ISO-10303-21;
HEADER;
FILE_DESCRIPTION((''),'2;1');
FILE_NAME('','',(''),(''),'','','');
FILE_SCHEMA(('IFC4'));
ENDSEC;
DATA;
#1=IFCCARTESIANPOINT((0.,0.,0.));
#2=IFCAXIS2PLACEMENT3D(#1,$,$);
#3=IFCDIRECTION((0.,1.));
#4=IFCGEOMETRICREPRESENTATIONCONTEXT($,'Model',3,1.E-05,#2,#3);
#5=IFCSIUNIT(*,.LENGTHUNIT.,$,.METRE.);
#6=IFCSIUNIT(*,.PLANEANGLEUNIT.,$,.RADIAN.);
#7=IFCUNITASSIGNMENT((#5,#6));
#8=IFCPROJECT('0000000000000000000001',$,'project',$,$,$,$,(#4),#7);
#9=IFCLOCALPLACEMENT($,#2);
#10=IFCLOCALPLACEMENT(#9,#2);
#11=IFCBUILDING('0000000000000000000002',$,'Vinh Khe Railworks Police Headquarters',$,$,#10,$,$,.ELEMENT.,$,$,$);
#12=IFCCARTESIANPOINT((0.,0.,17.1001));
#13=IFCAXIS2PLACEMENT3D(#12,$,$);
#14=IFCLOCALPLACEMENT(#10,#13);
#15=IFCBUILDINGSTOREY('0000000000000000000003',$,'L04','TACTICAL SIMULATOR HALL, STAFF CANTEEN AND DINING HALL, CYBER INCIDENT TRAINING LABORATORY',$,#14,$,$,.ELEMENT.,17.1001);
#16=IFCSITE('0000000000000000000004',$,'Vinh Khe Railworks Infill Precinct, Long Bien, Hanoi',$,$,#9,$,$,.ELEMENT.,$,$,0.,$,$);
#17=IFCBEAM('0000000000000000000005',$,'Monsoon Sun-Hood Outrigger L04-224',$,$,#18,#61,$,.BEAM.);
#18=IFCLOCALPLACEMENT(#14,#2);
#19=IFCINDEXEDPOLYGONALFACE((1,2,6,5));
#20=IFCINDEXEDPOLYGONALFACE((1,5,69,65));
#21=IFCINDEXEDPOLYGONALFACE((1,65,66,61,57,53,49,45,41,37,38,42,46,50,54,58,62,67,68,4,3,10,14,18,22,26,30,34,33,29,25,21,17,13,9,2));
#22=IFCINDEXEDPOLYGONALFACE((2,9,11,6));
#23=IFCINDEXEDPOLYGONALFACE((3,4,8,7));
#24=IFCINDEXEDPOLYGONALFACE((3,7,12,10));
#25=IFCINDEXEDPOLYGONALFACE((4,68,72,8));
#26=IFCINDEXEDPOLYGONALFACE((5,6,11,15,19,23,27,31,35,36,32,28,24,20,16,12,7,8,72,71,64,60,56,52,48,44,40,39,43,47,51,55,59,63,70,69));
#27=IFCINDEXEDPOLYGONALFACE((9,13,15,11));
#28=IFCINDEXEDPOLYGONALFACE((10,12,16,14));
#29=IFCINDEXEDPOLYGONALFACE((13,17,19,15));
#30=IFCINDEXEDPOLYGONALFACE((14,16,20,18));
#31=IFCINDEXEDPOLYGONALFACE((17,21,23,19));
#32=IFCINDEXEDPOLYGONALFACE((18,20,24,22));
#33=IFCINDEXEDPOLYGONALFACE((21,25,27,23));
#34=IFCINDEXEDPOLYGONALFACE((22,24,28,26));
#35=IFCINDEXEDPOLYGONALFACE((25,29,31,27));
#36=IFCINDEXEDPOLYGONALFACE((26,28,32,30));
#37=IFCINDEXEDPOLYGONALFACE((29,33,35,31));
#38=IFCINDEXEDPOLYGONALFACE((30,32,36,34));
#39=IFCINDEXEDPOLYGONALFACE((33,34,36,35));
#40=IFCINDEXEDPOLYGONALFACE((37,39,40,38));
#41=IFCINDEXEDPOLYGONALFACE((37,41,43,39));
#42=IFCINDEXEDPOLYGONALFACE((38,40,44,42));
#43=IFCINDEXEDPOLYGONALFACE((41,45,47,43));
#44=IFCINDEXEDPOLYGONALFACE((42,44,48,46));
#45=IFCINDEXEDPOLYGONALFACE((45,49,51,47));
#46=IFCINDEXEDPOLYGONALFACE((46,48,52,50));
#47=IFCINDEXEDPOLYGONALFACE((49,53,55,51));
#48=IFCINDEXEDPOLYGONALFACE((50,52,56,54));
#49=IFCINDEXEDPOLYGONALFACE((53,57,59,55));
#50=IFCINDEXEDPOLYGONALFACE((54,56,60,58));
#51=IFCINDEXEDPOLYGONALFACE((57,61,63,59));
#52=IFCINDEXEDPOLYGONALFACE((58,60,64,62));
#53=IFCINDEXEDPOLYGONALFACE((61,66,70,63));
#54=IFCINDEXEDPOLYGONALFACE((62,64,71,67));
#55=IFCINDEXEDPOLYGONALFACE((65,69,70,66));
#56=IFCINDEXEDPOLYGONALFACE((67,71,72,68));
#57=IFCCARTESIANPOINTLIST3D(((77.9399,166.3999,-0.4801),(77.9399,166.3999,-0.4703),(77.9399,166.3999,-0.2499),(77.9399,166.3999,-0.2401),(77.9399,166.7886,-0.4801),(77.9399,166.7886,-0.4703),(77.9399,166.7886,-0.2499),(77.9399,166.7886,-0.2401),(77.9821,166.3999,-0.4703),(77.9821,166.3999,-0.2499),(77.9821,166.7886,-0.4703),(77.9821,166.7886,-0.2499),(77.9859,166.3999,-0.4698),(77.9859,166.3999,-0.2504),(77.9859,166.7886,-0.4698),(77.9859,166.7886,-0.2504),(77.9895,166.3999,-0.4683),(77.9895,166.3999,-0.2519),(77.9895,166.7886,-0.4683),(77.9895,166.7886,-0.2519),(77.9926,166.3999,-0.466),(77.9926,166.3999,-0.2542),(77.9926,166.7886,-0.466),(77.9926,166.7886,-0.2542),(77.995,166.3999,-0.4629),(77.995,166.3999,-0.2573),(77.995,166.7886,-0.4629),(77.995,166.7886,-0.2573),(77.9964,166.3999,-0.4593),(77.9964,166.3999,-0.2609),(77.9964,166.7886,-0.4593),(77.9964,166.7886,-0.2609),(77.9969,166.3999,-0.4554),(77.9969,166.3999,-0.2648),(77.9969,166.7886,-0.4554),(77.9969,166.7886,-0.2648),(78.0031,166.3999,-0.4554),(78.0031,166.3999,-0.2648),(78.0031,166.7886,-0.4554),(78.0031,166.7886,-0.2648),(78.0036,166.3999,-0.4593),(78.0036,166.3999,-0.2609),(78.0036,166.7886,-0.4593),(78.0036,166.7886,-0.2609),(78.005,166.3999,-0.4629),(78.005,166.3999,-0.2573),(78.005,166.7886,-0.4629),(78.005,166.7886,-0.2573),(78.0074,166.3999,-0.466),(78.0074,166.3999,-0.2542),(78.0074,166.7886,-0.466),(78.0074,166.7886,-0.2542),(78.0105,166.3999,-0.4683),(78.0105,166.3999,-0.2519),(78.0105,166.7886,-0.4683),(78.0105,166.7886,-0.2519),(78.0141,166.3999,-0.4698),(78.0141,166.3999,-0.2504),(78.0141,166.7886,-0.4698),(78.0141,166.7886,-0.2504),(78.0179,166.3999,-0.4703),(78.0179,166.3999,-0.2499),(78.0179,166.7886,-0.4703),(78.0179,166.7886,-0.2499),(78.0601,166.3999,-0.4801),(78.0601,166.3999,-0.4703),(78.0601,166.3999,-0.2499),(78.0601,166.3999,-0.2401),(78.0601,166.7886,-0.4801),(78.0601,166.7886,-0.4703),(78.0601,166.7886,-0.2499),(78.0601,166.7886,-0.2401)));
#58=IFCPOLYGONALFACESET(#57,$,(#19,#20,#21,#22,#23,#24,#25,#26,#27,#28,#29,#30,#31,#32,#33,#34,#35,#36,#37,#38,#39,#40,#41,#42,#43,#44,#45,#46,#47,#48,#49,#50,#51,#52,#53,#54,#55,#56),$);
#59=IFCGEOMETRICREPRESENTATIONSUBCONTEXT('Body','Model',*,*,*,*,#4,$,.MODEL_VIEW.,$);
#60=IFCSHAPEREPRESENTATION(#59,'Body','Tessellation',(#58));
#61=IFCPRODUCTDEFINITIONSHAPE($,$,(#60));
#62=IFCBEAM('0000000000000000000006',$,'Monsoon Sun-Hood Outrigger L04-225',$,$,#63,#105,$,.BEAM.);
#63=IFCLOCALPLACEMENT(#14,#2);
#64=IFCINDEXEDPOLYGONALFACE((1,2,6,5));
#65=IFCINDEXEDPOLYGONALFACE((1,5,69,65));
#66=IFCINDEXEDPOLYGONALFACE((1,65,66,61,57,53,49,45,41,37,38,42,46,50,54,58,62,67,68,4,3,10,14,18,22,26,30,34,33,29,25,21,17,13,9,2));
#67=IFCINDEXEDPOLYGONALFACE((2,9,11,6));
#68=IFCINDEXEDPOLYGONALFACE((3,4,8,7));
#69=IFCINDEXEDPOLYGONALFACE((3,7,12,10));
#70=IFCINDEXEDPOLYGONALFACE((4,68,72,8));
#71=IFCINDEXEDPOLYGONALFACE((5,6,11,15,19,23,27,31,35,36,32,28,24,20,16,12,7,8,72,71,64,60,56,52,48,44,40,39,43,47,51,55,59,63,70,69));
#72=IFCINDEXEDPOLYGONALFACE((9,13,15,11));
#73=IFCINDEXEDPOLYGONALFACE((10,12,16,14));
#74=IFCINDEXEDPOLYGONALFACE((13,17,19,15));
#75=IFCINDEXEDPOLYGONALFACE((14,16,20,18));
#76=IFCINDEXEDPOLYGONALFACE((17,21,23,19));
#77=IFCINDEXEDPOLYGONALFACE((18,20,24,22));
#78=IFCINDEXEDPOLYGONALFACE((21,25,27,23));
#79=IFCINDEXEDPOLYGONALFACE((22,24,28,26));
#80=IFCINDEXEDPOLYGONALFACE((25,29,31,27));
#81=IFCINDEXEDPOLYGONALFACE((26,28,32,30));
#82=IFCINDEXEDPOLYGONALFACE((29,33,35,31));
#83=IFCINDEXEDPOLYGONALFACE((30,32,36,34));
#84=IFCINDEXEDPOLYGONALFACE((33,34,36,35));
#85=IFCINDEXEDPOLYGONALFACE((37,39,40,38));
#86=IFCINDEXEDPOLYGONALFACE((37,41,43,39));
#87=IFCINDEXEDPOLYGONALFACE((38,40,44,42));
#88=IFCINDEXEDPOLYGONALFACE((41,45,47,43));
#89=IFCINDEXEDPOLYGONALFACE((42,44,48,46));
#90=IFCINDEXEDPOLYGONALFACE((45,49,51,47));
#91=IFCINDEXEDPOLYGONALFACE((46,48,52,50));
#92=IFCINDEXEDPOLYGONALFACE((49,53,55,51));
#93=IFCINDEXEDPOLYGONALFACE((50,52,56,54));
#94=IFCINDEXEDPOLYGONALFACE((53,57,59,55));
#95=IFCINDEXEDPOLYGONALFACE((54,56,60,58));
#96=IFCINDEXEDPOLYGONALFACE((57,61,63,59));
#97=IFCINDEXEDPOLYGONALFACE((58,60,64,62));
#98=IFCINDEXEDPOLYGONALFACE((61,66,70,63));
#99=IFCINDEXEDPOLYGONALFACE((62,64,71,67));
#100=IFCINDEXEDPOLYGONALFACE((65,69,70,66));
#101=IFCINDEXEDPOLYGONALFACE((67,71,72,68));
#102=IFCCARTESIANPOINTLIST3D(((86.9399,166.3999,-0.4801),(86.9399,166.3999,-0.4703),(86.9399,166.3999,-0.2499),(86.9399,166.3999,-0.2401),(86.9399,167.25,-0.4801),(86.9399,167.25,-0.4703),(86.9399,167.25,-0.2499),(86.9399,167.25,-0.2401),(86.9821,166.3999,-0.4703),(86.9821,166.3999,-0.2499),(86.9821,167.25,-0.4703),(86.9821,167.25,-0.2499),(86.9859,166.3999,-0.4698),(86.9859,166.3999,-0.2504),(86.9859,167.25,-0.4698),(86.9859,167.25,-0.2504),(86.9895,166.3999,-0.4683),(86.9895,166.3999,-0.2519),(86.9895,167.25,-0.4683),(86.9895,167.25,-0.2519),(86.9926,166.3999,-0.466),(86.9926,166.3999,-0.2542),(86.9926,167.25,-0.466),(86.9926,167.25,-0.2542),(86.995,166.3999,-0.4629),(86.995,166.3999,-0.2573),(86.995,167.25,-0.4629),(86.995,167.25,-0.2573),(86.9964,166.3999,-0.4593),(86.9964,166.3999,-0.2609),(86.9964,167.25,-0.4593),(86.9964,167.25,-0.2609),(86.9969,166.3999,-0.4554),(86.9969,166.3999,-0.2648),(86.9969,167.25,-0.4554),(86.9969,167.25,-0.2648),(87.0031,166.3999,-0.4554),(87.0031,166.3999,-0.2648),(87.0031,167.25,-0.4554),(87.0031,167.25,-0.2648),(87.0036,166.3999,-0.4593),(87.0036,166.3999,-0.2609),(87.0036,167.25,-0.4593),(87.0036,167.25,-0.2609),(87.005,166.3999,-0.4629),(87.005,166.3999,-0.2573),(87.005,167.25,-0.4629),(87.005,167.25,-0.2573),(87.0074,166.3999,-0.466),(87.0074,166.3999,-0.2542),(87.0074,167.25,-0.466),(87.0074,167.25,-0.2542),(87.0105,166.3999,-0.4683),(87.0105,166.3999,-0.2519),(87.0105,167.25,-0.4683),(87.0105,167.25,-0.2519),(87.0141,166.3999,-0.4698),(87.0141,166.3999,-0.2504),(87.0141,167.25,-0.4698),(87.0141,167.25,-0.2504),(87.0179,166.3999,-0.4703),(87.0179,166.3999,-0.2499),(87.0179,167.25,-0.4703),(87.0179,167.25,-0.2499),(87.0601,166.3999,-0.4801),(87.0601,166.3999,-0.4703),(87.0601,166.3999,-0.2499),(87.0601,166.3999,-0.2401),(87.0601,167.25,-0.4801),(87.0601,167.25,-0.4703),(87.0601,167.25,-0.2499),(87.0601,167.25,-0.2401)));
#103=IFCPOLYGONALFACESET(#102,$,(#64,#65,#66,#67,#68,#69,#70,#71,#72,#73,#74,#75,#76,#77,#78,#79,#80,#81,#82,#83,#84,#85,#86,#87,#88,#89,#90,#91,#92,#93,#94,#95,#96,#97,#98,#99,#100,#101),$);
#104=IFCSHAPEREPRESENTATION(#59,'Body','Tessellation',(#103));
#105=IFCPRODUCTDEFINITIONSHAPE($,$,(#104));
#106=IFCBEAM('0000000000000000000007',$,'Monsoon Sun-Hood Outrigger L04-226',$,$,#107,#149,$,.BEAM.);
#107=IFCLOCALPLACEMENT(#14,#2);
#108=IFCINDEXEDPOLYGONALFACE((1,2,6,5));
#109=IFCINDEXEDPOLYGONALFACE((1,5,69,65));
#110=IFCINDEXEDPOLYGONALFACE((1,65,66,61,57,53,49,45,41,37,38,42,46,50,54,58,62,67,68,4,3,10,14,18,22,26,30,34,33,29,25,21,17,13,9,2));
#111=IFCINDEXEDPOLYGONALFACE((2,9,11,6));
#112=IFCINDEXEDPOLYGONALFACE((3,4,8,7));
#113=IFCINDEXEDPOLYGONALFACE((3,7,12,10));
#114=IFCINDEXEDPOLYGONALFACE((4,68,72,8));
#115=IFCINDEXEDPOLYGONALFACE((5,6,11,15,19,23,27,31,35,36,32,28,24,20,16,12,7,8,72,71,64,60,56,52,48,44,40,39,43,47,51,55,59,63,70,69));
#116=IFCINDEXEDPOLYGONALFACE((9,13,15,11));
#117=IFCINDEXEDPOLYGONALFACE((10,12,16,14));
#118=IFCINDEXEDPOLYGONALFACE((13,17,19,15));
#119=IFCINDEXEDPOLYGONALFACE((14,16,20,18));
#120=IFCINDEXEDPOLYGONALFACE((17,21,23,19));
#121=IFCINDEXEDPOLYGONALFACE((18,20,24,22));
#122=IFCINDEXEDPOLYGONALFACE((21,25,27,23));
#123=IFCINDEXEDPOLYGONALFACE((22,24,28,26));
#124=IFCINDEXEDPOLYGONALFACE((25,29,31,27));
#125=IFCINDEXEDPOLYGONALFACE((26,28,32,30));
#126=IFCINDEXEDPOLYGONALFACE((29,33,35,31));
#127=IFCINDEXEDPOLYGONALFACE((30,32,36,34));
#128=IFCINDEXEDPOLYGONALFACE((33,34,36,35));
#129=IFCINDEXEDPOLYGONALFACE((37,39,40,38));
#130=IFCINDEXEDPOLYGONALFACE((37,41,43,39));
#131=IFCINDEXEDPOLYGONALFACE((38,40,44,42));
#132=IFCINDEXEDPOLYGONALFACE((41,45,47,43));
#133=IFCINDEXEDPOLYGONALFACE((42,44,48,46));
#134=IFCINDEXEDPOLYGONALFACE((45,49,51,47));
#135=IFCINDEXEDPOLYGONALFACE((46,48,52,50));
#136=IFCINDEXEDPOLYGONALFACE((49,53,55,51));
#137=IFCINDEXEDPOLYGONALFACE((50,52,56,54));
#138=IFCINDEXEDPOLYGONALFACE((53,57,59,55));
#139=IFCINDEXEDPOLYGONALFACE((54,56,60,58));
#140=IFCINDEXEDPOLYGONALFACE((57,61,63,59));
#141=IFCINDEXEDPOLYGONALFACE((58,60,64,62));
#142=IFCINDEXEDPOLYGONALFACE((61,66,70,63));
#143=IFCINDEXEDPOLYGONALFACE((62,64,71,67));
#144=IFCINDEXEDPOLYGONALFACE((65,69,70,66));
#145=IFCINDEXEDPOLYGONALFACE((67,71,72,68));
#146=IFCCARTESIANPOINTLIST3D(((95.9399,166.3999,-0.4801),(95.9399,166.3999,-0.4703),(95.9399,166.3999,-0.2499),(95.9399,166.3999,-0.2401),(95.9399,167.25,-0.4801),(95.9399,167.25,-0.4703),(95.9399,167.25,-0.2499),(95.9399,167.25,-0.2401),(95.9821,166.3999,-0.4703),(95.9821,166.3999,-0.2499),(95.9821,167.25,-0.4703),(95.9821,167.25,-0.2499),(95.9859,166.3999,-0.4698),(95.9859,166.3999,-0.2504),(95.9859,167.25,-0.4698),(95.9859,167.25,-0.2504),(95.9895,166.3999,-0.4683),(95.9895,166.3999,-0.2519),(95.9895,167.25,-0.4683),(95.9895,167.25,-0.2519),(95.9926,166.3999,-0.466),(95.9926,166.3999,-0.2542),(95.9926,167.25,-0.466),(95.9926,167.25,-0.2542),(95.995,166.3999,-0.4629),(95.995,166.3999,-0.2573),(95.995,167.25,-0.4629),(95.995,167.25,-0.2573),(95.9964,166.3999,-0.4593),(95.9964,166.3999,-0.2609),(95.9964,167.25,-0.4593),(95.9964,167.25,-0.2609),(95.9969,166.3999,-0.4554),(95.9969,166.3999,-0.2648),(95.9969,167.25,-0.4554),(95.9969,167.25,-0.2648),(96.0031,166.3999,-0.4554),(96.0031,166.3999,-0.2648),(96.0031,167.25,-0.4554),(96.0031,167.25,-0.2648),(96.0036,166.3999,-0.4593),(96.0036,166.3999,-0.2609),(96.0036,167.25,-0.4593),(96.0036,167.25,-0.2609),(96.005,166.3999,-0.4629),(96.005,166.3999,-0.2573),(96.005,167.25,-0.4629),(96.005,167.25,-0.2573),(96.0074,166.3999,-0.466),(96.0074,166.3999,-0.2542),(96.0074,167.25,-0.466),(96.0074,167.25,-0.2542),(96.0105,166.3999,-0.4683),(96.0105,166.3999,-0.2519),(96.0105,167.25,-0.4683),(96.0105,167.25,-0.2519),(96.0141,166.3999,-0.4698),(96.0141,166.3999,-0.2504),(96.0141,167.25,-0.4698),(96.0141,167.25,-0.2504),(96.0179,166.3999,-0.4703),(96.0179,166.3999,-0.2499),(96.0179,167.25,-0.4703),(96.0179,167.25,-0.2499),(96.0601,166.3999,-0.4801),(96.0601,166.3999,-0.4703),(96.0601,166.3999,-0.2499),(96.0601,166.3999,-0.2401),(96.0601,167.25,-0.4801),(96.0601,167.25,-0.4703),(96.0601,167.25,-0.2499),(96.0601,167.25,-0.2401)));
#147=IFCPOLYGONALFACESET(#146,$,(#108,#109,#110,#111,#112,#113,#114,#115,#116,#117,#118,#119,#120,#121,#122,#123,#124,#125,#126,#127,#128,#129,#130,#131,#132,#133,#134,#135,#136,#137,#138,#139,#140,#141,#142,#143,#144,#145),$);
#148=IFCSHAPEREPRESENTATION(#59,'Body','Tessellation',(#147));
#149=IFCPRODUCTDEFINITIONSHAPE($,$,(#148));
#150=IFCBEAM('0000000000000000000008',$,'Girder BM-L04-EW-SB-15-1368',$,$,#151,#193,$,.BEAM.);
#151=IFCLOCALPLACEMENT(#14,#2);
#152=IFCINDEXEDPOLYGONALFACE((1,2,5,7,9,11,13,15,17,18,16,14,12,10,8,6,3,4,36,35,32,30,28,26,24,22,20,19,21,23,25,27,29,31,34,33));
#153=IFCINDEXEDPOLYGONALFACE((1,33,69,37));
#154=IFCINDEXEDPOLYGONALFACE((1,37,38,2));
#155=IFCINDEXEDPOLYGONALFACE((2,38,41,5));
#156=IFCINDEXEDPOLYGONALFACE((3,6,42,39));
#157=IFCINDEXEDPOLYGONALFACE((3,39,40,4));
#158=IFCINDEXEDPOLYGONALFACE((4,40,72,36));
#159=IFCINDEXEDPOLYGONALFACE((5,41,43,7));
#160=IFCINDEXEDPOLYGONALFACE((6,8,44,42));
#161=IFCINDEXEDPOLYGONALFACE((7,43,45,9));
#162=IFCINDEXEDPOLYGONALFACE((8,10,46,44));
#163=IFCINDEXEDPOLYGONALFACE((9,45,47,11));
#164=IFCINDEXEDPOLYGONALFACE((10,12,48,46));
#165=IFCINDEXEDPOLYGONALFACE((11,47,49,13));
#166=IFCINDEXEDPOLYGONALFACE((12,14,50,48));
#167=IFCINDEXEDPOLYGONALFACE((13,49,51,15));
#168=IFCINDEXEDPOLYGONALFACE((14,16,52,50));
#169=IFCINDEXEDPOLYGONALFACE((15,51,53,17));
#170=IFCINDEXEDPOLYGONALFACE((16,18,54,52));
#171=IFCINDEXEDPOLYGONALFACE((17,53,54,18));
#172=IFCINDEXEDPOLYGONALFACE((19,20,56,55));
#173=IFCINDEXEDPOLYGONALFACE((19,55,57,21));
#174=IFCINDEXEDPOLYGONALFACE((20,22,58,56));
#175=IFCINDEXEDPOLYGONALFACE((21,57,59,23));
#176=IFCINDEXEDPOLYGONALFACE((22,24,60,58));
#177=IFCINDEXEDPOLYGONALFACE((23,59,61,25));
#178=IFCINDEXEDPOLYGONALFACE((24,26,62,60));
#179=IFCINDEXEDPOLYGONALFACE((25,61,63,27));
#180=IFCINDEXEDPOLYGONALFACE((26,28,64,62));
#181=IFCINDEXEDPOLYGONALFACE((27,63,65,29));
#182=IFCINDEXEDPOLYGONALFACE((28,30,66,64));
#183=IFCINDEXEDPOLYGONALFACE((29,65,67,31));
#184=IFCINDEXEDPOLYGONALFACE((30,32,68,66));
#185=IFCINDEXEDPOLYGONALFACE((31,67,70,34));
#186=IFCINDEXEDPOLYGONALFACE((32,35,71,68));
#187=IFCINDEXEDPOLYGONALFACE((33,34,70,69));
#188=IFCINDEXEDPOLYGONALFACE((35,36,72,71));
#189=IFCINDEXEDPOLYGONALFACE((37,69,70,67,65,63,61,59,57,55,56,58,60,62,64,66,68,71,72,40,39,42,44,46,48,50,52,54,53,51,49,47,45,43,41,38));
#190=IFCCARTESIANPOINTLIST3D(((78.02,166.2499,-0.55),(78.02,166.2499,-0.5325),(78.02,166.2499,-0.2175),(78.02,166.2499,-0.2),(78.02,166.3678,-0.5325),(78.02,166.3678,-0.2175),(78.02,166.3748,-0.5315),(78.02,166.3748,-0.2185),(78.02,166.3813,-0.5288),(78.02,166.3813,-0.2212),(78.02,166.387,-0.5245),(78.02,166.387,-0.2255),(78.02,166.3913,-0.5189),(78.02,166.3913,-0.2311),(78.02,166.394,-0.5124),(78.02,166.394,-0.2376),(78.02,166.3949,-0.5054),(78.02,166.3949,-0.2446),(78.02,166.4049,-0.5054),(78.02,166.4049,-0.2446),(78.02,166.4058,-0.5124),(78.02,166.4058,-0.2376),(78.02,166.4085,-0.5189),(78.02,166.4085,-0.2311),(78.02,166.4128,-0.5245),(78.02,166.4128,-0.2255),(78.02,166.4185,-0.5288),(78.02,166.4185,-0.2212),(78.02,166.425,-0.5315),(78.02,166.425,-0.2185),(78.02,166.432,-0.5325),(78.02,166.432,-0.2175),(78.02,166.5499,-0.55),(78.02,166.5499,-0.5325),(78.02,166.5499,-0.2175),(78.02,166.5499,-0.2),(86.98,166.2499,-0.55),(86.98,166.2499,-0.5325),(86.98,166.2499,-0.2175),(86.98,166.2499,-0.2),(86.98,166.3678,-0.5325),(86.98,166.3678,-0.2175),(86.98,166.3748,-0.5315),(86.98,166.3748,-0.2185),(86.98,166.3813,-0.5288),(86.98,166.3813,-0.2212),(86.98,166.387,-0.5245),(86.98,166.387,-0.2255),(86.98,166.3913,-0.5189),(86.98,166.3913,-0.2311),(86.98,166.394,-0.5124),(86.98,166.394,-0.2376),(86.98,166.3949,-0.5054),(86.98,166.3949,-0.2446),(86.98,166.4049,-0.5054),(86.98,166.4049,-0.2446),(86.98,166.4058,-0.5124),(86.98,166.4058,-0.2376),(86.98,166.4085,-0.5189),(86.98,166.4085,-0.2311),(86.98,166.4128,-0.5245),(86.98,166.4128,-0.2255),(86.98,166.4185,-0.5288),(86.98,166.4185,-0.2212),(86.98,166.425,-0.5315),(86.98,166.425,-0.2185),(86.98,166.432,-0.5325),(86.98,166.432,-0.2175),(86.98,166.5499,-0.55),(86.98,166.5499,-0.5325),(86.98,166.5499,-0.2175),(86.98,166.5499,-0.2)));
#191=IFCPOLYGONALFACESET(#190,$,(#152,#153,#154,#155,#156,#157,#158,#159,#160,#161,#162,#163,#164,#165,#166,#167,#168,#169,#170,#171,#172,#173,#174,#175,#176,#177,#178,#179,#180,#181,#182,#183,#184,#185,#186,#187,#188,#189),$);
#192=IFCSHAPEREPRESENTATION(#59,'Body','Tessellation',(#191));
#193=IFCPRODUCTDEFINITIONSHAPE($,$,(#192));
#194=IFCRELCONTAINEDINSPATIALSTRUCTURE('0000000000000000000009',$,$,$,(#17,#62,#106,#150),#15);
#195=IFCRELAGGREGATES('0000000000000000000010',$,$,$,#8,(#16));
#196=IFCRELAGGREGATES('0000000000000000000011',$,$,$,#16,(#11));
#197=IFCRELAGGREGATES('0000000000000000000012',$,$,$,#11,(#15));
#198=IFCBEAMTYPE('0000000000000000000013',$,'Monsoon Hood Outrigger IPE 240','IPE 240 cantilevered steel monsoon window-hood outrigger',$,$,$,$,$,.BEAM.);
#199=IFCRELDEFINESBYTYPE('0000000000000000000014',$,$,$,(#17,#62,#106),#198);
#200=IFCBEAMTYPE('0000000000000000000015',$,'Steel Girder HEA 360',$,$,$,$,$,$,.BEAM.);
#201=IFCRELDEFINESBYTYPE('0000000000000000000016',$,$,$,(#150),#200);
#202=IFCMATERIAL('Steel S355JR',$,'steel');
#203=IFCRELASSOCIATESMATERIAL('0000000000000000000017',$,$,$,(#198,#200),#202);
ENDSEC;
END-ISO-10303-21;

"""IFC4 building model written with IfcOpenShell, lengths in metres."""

from ifc_helpers import new_model, si_unit, direction, frame, origin, origin_2d, place, context, subcontext, project, spatial, i_section, extrude, material, material_profile, profile_set, type_object, element, save


model = new_model("IFC4")

# Units and contexts
model_context = context("Model", 3, precision=1e-05, world=origin(), true_north=direction((0.0, 1.0)))
body_context = subcontext(model_context, "Body", "Model", "MODEL_VIEW")
ifc_project = project(units=[si_unit("LENGTHUNIT", "METRE"), si_unit("PLANEANGLEUNIT", "RADIAN")], contexts=[model_context])

# Site, building, storey
site_placement = place(None, origin())
site = spatial("IfcSite", under=ifc_project, at=site_placement, Name="Vinh Khe Railworks Infill Precinct, Long Bien, Hanoi", CompositionType="ELEMENT", RefElevation=0.0)
building_placement = place(site_placement, origin())
building = spatial("IfcBuilding", under=site, at=building_placement, Name="Vinh Khe Railworks Police Headquarters", CompositionType="ELEMENT")
storey_placement = place(building_placement, frame((0.0, 0.0, 17.1001)))
storey = spatial("IfcBuildingStorey", under=building, at=storey_placement, Name="L04", Description="TACTICAL SIMULATOR HALL, STAFF CANTEEN AND DINING HALL, CYBER INCIDENT TRAINING LABORATORY", CompositionType="ELEMENT", Elevation=17.1001)

# Shared definitions
ifc_material_1 = material(Name="Steel S355JR", Category="steel")

# Beams
ifc_material_profile_1 = material_profile(ifc_material_1, i_section(OverallWidth=0.1201, OverallDepth=0.24, WebThickness=0.0061, FlangeThickness=0.0098, FilletRadius=0.0149, at=origin_2d()), Name="IPE 240")
ifc_profile_set_1 = profile_set([ifc_material_profile_1], Name="Steel S355JR")
beam_type_1 = type_object("IfcBeamType", Name="Monsoon Hood Outrigger IPE 240", Description="IPE 240 cantilevered steel monsoon window-hood outrigger", PredefinedType="BEAM", material=ifc_profile_set_1)
beam_1_placement = place(storey_placement, frame((78.0, 166.3999, -0.3601), z_axis=(0.0, 1.0, 0.0), x_axis=(-1.0, 0.0, 0.0)))
element("IfcBeam", 1, at=beam_1_placement, inside=storey, type_object=beam_type_1, Name="Monsoon Sun-Hood Outrigger L04-224", PredefinedType="BEAM", context=body_context, shape_type="SweptSolid", body=[
    extrude(i_section(OverallWidth=0.1201, OverallDepth=0.24, WebThickness=0.0061, FlangeThickness=0.0098, FilletRadius=0.0149, at=origin_2d()), origin(), (0.0, 0.0, 1.0), 0.3887),
])
for number, where, z_axis, x_axis, name in (
    (2, (87.0, 166.3999, -0.3601), (0.0, 1.0, 0.0), (-1.0, 0.0, 0.0), "Monsoon Sun-Hood Outrigger L04-225"),
    (3, (96.0, 166.3999, -0.3601), (0.0, 1.0, 0.0), (-1.0, 0.0, 0.0), "Monsoon Sun-Hood Outrigger L04-226"),
):
    element("IfcBeam", number, at=place(storey_placement, frame(where, z_axis=z_axis, x_axis=x_axis)), inside=storey, type_object=beam_type_1, Name=name, PredefinedType="BEAM", context=body_context, shape_type="SweptSolid", body=[
        extrude(i_section(OverallWidth=0.1201, OverallDepth=0.24, WebThickness=0.0061, FlangeThickness=0.0098, FilletRadius=0.0149, at=origin_2d()), origin(), (0.0, 0.0, 1.0), 0.8501),
    ])
ifc_material_profile_2 = material_profile(ifc_material_1, i_section(OverallWidth=0.3, OverallDepth=0.3501, WebThickness=0.01, FlangeThickness=0.0176, FilletRadius=0.0271, at=origin_2d()), Name="HEA 360")
ifc_profile_set_2 = profile_set([ifc_material_profile_2], Name="Steel S355JR")
beam_type_2 = type_object("IfcBeamType", Name="Steel Girder HEA 360", PredefinedType="BEAM", material=ifc_profile_set_2)
beam_2_placement = place(storey_placement, frame((78.02, 166.3999, -0.375), z_axis=(1.0, 0.0, 0.0), x_axis=(0.0, 1.0, 0.0)))
element("IfcBeam", 4, at=beam_2_placement, inside=storey, type_object=beam_type_2, Name="Girder BM-L04-EW-SB-15-1368", PredefinedType="BEAM", context=body_context, shape_type="SweptSolid", body=[
    extrude(i_section(OverallWidth=0.3, OverallDepth=0.3501, WebThickness=0.01, FlangeThickness=0.0176, FilletRadius=0.0271, at=origin_2d()), origin(), (0.0, 0.0, 1.0), 8.96),
])

save(model, "model.ifc")
